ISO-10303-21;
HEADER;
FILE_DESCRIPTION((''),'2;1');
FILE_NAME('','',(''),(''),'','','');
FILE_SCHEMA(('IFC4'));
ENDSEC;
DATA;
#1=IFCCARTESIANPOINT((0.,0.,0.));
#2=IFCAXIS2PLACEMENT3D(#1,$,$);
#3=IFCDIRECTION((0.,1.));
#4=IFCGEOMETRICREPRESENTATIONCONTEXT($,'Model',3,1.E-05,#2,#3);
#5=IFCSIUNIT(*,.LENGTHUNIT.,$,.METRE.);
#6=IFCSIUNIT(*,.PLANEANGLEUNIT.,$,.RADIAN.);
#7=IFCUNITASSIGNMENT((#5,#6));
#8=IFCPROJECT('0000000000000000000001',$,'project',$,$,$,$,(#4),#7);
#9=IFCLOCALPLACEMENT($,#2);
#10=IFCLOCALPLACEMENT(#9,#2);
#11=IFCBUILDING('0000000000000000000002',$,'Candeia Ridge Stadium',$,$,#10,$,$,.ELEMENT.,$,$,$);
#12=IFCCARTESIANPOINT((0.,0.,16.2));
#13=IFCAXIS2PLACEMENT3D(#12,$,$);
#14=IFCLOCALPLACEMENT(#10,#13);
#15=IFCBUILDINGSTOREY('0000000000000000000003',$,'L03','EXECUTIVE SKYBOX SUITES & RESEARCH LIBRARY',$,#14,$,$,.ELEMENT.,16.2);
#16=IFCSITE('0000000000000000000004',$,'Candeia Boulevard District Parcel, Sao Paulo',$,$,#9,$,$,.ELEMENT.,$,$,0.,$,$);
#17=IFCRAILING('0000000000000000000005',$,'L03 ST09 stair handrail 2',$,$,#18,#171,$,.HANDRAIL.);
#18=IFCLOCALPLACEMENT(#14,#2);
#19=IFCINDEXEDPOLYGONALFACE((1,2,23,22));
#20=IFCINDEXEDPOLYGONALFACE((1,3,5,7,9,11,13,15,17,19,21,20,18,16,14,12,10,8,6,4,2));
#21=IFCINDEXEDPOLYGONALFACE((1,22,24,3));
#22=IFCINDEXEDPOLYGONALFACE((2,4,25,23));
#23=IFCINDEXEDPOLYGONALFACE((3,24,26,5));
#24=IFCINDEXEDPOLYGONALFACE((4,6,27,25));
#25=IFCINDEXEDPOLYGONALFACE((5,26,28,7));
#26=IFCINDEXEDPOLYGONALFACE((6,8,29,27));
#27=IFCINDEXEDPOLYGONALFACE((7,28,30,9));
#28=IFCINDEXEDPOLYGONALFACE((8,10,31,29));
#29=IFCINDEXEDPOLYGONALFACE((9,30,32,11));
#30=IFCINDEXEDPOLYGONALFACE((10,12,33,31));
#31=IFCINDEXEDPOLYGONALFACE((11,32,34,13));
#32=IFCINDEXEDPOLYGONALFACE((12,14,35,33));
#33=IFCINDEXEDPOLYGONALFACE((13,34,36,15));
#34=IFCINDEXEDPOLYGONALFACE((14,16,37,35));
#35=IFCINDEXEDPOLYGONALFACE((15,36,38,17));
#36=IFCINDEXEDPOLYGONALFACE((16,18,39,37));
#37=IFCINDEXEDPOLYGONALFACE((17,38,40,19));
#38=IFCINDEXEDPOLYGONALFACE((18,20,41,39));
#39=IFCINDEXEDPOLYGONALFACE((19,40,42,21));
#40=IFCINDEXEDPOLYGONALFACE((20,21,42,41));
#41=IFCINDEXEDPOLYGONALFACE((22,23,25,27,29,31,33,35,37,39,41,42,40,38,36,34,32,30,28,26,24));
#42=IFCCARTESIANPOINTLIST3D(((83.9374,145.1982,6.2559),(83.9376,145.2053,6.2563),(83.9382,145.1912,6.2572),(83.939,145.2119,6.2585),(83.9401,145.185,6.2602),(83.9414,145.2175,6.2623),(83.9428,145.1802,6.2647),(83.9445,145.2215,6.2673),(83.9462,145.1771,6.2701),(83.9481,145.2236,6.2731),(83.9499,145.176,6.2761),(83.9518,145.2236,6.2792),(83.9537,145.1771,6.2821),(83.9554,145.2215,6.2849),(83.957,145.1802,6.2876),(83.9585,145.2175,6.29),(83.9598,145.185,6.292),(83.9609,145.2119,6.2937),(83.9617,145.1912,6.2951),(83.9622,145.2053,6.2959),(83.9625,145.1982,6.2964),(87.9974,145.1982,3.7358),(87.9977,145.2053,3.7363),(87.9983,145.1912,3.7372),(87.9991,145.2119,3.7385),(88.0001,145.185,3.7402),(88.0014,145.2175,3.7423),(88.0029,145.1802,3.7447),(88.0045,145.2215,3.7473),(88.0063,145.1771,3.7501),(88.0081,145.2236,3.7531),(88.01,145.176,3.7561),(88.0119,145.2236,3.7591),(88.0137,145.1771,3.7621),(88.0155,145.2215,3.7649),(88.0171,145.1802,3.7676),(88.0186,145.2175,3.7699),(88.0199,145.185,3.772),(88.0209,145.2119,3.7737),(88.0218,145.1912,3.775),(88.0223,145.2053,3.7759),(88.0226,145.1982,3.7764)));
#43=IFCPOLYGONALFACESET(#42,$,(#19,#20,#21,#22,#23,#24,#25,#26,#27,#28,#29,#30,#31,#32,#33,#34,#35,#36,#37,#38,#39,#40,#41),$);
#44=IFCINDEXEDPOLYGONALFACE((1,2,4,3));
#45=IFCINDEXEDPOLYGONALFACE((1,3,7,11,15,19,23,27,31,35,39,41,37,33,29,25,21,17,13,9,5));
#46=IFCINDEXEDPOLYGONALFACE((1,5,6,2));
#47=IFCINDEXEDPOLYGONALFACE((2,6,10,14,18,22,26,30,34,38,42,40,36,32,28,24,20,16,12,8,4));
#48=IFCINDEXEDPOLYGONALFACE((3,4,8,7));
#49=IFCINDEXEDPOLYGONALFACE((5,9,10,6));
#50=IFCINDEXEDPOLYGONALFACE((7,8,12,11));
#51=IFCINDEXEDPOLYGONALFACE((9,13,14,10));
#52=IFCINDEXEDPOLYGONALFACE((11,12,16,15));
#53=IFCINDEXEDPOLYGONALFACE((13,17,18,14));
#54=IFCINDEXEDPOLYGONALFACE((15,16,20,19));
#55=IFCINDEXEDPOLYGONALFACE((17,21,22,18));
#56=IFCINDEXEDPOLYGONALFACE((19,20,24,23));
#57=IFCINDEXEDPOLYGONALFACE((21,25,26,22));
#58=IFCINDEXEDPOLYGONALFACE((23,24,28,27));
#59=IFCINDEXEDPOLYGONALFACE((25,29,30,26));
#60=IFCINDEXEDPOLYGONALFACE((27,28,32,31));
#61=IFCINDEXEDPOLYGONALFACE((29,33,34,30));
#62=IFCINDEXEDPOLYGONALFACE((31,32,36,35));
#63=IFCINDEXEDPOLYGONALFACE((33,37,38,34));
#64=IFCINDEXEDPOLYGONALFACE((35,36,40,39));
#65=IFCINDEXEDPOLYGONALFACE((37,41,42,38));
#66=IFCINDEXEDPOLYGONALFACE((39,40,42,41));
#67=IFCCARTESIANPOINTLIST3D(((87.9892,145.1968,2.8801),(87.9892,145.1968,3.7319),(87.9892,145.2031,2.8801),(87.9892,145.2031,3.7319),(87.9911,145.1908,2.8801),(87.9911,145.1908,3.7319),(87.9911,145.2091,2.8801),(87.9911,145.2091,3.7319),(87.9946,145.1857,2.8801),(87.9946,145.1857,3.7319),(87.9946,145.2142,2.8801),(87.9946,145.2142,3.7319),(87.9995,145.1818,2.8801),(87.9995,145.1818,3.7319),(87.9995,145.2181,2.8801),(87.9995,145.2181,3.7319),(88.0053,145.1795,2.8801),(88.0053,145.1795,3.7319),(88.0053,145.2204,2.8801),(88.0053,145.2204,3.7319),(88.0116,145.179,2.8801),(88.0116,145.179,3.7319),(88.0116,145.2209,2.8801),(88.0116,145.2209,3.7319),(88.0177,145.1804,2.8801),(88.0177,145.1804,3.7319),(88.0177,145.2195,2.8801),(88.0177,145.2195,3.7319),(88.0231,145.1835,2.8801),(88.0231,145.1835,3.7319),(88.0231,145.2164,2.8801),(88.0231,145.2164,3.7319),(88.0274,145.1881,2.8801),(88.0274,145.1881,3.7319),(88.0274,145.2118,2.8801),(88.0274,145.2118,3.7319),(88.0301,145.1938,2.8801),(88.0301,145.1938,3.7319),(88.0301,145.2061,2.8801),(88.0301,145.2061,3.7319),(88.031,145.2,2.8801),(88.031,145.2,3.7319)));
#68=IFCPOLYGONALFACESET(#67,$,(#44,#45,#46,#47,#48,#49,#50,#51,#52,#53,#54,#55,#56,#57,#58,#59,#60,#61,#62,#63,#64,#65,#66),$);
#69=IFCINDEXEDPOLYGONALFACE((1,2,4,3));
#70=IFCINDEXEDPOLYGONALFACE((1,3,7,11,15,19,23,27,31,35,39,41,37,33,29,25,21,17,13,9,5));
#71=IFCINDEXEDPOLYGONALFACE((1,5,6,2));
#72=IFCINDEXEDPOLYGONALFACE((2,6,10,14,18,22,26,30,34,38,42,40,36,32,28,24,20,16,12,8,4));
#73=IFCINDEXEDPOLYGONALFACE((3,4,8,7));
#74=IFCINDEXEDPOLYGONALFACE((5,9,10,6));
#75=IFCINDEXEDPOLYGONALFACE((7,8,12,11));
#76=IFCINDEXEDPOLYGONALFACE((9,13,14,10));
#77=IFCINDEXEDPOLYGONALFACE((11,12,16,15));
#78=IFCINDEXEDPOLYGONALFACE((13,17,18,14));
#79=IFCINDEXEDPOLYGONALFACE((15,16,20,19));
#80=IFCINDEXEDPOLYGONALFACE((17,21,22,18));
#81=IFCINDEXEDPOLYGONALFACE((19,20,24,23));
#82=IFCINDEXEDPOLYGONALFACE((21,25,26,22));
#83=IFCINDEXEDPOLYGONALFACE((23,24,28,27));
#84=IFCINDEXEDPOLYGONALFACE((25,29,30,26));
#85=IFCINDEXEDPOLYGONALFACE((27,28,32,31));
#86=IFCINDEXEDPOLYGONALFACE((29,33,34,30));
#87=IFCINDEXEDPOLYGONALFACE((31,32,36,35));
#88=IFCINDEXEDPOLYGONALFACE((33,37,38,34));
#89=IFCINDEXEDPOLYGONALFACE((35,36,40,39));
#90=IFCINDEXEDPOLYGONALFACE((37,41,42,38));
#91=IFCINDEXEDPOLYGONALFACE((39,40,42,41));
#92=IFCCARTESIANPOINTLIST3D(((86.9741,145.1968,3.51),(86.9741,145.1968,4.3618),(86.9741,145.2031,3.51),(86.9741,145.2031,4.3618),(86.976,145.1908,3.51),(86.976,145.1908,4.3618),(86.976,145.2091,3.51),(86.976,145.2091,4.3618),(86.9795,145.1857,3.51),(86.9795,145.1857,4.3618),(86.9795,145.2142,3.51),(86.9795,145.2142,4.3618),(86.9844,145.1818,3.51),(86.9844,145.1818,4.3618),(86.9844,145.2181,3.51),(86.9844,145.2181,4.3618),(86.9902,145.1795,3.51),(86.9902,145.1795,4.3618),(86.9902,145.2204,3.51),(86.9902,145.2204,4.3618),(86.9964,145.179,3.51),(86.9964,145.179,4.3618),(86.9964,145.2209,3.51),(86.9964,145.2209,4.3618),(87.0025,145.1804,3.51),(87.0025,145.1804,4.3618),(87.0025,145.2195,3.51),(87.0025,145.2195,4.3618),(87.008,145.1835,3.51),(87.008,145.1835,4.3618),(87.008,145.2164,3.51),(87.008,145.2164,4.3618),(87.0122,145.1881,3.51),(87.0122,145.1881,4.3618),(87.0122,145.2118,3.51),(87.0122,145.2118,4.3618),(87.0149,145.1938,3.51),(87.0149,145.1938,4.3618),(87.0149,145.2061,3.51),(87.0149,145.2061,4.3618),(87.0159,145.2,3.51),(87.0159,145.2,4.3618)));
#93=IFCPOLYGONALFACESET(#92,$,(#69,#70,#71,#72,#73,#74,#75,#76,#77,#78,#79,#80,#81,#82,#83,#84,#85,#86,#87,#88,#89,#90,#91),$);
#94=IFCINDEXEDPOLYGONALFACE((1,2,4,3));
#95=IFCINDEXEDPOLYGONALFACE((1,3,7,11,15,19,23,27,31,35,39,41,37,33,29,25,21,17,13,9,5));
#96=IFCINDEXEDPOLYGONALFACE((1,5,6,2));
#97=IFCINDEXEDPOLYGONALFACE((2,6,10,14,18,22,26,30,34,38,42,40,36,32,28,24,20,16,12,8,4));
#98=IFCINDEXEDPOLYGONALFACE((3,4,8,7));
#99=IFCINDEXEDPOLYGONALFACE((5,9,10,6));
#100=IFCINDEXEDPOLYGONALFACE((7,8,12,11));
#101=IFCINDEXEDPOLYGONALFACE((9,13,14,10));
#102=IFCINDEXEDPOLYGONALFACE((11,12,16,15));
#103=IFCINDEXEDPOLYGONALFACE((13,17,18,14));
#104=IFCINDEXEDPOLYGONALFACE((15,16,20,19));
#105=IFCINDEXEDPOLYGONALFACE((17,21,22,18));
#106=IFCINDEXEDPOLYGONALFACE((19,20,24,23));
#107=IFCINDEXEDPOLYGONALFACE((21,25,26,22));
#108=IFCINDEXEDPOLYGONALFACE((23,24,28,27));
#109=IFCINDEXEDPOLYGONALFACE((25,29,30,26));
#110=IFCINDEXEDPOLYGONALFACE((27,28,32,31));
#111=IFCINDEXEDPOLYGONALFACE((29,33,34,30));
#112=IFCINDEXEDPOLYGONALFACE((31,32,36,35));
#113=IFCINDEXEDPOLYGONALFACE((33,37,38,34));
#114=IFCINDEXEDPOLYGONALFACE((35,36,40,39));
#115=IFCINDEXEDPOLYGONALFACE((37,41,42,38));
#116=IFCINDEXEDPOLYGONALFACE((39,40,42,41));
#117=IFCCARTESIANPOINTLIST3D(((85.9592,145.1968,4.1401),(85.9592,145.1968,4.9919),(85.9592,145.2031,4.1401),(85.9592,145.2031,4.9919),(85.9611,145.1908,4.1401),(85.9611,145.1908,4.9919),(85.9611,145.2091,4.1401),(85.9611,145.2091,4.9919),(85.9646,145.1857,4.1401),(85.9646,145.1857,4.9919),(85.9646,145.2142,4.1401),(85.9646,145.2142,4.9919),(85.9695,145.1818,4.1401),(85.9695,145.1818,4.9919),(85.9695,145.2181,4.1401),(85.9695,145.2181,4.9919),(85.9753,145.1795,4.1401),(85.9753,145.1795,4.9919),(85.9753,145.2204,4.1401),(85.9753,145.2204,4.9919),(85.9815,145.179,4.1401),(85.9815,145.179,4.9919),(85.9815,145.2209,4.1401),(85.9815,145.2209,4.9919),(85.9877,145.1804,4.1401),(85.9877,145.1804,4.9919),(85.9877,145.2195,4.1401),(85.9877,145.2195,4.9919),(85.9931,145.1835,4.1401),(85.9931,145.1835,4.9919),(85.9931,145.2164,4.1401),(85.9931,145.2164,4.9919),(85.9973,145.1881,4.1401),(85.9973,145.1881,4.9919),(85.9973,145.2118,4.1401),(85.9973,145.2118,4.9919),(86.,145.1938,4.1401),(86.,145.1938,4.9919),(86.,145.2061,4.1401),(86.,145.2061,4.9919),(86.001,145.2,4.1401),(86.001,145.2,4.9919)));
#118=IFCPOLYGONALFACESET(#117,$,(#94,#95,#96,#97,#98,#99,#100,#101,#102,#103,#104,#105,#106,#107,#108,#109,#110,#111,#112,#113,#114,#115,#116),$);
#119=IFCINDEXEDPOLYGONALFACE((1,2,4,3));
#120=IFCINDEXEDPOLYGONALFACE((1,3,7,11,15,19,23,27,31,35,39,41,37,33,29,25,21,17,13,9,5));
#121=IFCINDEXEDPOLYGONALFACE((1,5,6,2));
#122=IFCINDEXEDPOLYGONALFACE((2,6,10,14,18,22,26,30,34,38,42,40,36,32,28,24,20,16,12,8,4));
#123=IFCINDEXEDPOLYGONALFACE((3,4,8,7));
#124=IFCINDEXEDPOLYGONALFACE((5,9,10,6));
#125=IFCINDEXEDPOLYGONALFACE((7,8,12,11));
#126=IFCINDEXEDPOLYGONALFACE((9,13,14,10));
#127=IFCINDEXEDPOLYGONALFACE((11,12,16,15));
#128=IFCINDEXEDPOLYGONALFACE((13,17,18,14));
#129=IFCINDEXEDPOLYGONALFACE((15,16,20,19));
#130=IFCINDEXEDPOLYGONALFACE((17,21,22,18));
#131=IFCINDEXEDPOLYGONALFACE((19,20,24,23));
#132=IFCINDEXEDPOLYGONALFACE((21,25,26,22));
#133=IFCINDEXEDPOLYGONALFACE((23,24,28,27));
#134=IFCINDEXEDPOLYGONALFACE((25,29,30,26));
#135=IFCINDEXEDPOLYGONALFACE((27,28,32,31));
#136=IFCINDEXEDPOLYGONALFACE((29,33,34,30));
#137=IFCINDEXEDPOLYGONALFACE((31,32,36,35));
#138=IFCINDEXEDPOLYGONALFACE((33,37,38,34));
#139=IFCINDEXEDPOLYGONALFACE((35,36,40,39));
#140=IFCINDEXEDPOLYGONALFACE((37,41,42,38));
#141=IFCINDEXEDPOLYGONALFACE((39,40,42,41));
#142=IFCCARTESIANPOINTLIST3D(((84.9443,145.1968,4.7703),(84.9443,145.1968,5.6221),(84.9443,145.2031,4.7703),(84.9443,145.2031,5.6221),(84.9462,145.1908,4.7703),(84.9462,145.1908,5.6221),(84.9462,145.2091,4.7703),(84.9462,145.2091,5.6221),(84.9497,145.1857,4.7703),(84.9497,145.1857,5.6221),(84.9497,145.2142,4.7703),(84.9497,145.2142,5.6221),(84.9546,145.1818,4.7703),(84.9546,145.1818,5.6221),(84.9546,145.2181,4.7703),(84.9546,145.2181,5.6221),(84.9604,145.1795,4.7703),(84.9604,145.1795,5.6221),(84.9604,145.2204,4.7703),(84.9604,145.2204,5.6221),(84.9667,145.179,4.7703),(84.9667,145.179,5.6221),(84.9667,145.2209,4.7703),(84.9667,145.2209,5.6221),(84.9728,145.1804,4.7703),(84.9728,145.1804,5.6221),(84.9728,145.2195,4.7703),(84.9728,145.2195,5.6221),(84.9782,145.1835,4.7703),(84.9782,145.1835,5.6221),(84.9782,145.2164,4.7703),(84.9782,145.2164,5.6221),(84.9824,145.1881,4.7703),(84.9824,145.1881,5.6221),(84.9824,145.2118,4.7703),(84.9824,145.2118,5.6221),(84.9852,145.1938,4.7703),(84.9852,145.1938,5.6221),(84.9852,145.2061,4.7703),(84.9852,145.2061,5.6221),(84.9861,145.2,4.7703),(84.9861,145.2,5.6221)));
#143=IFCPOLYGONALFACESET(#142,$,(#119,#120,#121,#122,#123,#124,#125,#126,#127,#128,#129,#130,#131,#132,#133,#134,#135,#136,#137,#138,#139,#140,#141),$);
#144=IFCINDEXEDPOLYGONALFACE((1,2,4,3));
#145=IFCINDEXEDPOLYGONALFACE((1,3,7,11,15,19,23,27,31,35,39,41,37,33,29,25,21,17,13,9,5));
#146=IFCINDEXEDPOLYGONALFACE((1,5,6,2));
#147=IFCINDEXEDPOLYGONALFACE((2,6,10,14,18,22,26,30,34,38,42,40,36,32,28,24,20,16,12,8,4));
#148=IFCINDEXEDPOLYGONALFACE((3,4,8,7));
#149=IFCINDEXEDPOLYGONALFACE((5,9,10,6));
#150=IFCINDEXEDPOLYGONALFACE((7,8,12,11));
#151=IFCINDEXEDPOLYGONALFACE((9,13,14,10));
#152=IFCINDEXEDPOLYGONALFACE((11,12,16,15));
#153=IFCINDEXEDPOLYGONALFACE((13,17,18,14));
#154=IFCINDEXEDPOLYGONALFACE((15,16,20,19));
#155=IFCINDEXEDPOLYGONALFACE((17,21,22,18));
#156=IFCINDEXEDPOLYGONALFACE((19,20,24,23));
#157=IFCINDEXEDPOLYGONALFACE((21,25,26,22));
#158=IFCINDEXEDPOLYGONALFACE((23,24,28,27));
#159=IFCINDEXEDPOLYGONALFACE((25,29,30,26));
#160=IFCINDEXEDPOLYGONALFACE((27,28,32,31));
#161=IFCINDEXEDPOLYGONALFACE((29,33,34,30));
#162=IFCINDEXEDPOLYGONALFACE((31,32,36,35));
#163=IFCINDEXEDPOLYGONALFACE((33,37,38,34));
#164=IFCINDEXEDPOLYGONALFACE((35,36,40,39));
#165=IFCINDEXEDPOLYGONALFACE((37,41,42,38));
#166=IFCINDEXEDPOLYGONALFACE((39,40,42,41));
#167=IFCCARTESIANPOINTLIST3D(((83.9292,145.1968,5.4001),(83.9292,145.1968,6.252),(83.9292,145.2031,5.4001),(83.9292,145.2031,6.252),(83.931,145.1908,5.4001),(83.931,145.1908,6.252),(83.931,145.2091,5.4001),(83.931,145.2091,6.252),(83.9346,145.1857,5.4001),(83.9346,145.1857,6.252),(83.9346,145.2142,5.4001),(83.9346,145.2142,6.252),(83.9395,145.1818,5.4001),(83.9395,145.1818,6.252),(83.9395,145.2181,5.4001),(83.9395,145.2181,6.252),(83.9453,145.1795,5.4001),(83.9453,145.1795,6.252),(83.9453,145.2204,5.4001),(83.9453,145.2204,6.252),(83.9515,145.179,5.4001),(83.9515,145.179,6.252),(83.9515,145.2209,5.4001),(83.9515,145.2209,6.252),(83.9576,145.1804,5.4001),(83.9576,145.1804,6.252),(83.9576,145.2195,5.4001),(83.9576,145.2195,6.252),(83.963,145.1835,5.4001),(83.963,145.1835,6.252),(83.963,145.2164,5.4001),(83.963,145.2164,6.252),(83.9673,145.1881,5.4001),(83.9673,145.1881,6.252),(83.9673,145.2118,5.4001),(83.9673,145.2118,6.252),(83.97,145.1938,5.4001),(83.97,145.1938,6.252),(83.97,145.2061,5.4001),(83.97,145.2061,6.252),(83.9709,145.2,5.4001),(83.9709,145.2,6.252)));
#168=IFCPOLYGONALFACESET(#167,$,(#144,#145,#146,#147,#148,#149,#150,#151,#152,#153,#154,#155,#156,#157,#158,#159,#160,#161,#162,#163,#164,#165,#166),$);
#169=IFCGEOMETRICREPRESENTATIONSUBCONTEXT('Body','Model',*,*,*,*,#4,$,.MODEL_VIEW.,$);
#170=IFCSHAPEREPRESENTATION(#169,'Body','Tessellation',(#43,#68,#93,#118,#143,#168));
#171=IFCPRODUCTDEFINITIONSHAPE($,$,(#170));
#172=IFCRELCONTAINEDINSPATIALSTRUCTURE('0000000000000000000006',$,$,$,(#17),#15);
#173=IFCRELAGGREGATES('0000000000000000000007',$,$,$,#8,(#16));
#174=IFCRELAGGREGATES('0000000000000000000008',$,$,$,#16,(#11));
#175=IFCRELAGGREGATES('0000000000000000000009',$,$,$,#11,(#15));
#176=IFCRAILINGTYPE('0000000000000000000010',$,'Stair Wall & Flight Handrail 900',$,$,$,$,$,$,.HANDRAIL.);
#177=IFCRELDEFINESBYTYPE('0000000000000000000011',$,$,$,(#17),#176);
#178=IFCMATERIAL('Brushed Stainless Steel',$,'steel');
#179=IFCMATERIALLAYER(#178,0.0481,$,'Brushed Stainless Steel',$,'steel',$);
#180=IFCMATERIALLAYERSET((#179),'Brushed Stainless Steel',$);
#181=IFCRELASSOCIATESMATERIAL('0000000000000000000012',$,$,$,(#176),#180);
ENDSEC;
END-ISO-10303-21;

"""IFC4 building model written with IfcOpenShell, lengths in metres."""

from ifc_helpers import new_model, si_unit, direction, frame, origin, origin_2d, place, context, subcontext, project, spatial, circle, extrude, material, layer, layer_set, type_object, element, save


model = new_model("IFC4")

# Units and contexts
model_context = context("Model", 3, precision=1e-05, world=origin(), true_north=direction((0.0, 1.0)))
body_context = subcontext(model_context, "Body", "Model", "MODEL_VIEW")
ifc_project = project(units=[si_unit("LENGTHUNIT", "METRE"), si_unit("PLANEANGLEUNIT", "RADIAN")], contexts=[model_context])

# Site, building, storey
site_placement = place(None, origin())
site = spatial("IfcSite", under=ifc_project, at=site_placement, Name="Candeia Boulevard District Parcel, Sao Paulo", CompositionType="ELEMENT", RefElevation=0.0)
building_placement = place(site_placement, origin())
building = spatial("IfcBuilding", under=site, at=building_placement, Name="Candeia Ridge Stadium", CompositionType="ELEMENT")
storey_placement = place(building_placement, frame((0.0, 0.0, 16.2)))
storey = spatial("IfcBuildingStorey", under=building, at=storey_placement, Name="L03", Description="EXECUTIVE SKYBOX SUITES & RESEARCH LIBRARY", CompositionType="ELEMENT", Elevation=16.2)

# Railing
ifc_material_1 = material(Name="Brushed Stainless Steel", Category="steel")
ifc_layer_1 = layer(ifc_material_1, 0.0481, Name="Brushed Stainless Steel", Category="steel")
ifc_layer_set_1 = layer_set([ifc_layer_1], Name="Brushed Stainless Steel")
railing_type_1 = type_object("IfcRailingType", Name="Stair Wall & Flight Handrail 900", PredefinedType="HANDRAIL", material=ifc_layer_set_1)
railing_1_placement = place(storey_placement, frame((88.01, 145.2, 2.8801)))
element("IfcRailing", 1, at=railing_1_placement, inside=storey, type_object=railing_type_1, Name="L03 ST09 stair handrail 2", PredefinedType="HANDRAIL", context=body_context, shape_type="SweptSolid", body=[
    extrude(circle(Radius=0.0239, at=origin_2d()), frame((0.0, 0.0, 0.876), z_axis=(-0.849642, 0.0, 0.52736), x_axis=(0.0, -1.0, 0.0)), (0.0, 0.0, 1.0), 4.7786),
    extrude(circle(Radius=0.021, at=origin_2d()), origin(), (0.0, 0.0, 1.0), 0.8518),
    extrude(circle(Radius=0.021, at=origin_2d()), frame((-1.0151, 0.0, 0.6299)), (0.0, 0.0, 1.0), 0.8518),
    extrude(circle(Radius=0.021, at=origin_2d()), frame((-2.03, 0.0, 1.26)), (0.0, 0.0, 1.0), 0.8518),
    extrude(circle(Radius=0.021, at=origin_2d()), frame((-3.0449, 0.0, 1.8901)), (0.0, 0.0, 1.0), 0.8518),
    extrude(circle(Radius=0.021, at=origin_2d()), frame((-4.0601, 0.0, 2.52)), (0.0, 0.0, 1.0), 0.8518),
])

save(model, "model.ifc")
